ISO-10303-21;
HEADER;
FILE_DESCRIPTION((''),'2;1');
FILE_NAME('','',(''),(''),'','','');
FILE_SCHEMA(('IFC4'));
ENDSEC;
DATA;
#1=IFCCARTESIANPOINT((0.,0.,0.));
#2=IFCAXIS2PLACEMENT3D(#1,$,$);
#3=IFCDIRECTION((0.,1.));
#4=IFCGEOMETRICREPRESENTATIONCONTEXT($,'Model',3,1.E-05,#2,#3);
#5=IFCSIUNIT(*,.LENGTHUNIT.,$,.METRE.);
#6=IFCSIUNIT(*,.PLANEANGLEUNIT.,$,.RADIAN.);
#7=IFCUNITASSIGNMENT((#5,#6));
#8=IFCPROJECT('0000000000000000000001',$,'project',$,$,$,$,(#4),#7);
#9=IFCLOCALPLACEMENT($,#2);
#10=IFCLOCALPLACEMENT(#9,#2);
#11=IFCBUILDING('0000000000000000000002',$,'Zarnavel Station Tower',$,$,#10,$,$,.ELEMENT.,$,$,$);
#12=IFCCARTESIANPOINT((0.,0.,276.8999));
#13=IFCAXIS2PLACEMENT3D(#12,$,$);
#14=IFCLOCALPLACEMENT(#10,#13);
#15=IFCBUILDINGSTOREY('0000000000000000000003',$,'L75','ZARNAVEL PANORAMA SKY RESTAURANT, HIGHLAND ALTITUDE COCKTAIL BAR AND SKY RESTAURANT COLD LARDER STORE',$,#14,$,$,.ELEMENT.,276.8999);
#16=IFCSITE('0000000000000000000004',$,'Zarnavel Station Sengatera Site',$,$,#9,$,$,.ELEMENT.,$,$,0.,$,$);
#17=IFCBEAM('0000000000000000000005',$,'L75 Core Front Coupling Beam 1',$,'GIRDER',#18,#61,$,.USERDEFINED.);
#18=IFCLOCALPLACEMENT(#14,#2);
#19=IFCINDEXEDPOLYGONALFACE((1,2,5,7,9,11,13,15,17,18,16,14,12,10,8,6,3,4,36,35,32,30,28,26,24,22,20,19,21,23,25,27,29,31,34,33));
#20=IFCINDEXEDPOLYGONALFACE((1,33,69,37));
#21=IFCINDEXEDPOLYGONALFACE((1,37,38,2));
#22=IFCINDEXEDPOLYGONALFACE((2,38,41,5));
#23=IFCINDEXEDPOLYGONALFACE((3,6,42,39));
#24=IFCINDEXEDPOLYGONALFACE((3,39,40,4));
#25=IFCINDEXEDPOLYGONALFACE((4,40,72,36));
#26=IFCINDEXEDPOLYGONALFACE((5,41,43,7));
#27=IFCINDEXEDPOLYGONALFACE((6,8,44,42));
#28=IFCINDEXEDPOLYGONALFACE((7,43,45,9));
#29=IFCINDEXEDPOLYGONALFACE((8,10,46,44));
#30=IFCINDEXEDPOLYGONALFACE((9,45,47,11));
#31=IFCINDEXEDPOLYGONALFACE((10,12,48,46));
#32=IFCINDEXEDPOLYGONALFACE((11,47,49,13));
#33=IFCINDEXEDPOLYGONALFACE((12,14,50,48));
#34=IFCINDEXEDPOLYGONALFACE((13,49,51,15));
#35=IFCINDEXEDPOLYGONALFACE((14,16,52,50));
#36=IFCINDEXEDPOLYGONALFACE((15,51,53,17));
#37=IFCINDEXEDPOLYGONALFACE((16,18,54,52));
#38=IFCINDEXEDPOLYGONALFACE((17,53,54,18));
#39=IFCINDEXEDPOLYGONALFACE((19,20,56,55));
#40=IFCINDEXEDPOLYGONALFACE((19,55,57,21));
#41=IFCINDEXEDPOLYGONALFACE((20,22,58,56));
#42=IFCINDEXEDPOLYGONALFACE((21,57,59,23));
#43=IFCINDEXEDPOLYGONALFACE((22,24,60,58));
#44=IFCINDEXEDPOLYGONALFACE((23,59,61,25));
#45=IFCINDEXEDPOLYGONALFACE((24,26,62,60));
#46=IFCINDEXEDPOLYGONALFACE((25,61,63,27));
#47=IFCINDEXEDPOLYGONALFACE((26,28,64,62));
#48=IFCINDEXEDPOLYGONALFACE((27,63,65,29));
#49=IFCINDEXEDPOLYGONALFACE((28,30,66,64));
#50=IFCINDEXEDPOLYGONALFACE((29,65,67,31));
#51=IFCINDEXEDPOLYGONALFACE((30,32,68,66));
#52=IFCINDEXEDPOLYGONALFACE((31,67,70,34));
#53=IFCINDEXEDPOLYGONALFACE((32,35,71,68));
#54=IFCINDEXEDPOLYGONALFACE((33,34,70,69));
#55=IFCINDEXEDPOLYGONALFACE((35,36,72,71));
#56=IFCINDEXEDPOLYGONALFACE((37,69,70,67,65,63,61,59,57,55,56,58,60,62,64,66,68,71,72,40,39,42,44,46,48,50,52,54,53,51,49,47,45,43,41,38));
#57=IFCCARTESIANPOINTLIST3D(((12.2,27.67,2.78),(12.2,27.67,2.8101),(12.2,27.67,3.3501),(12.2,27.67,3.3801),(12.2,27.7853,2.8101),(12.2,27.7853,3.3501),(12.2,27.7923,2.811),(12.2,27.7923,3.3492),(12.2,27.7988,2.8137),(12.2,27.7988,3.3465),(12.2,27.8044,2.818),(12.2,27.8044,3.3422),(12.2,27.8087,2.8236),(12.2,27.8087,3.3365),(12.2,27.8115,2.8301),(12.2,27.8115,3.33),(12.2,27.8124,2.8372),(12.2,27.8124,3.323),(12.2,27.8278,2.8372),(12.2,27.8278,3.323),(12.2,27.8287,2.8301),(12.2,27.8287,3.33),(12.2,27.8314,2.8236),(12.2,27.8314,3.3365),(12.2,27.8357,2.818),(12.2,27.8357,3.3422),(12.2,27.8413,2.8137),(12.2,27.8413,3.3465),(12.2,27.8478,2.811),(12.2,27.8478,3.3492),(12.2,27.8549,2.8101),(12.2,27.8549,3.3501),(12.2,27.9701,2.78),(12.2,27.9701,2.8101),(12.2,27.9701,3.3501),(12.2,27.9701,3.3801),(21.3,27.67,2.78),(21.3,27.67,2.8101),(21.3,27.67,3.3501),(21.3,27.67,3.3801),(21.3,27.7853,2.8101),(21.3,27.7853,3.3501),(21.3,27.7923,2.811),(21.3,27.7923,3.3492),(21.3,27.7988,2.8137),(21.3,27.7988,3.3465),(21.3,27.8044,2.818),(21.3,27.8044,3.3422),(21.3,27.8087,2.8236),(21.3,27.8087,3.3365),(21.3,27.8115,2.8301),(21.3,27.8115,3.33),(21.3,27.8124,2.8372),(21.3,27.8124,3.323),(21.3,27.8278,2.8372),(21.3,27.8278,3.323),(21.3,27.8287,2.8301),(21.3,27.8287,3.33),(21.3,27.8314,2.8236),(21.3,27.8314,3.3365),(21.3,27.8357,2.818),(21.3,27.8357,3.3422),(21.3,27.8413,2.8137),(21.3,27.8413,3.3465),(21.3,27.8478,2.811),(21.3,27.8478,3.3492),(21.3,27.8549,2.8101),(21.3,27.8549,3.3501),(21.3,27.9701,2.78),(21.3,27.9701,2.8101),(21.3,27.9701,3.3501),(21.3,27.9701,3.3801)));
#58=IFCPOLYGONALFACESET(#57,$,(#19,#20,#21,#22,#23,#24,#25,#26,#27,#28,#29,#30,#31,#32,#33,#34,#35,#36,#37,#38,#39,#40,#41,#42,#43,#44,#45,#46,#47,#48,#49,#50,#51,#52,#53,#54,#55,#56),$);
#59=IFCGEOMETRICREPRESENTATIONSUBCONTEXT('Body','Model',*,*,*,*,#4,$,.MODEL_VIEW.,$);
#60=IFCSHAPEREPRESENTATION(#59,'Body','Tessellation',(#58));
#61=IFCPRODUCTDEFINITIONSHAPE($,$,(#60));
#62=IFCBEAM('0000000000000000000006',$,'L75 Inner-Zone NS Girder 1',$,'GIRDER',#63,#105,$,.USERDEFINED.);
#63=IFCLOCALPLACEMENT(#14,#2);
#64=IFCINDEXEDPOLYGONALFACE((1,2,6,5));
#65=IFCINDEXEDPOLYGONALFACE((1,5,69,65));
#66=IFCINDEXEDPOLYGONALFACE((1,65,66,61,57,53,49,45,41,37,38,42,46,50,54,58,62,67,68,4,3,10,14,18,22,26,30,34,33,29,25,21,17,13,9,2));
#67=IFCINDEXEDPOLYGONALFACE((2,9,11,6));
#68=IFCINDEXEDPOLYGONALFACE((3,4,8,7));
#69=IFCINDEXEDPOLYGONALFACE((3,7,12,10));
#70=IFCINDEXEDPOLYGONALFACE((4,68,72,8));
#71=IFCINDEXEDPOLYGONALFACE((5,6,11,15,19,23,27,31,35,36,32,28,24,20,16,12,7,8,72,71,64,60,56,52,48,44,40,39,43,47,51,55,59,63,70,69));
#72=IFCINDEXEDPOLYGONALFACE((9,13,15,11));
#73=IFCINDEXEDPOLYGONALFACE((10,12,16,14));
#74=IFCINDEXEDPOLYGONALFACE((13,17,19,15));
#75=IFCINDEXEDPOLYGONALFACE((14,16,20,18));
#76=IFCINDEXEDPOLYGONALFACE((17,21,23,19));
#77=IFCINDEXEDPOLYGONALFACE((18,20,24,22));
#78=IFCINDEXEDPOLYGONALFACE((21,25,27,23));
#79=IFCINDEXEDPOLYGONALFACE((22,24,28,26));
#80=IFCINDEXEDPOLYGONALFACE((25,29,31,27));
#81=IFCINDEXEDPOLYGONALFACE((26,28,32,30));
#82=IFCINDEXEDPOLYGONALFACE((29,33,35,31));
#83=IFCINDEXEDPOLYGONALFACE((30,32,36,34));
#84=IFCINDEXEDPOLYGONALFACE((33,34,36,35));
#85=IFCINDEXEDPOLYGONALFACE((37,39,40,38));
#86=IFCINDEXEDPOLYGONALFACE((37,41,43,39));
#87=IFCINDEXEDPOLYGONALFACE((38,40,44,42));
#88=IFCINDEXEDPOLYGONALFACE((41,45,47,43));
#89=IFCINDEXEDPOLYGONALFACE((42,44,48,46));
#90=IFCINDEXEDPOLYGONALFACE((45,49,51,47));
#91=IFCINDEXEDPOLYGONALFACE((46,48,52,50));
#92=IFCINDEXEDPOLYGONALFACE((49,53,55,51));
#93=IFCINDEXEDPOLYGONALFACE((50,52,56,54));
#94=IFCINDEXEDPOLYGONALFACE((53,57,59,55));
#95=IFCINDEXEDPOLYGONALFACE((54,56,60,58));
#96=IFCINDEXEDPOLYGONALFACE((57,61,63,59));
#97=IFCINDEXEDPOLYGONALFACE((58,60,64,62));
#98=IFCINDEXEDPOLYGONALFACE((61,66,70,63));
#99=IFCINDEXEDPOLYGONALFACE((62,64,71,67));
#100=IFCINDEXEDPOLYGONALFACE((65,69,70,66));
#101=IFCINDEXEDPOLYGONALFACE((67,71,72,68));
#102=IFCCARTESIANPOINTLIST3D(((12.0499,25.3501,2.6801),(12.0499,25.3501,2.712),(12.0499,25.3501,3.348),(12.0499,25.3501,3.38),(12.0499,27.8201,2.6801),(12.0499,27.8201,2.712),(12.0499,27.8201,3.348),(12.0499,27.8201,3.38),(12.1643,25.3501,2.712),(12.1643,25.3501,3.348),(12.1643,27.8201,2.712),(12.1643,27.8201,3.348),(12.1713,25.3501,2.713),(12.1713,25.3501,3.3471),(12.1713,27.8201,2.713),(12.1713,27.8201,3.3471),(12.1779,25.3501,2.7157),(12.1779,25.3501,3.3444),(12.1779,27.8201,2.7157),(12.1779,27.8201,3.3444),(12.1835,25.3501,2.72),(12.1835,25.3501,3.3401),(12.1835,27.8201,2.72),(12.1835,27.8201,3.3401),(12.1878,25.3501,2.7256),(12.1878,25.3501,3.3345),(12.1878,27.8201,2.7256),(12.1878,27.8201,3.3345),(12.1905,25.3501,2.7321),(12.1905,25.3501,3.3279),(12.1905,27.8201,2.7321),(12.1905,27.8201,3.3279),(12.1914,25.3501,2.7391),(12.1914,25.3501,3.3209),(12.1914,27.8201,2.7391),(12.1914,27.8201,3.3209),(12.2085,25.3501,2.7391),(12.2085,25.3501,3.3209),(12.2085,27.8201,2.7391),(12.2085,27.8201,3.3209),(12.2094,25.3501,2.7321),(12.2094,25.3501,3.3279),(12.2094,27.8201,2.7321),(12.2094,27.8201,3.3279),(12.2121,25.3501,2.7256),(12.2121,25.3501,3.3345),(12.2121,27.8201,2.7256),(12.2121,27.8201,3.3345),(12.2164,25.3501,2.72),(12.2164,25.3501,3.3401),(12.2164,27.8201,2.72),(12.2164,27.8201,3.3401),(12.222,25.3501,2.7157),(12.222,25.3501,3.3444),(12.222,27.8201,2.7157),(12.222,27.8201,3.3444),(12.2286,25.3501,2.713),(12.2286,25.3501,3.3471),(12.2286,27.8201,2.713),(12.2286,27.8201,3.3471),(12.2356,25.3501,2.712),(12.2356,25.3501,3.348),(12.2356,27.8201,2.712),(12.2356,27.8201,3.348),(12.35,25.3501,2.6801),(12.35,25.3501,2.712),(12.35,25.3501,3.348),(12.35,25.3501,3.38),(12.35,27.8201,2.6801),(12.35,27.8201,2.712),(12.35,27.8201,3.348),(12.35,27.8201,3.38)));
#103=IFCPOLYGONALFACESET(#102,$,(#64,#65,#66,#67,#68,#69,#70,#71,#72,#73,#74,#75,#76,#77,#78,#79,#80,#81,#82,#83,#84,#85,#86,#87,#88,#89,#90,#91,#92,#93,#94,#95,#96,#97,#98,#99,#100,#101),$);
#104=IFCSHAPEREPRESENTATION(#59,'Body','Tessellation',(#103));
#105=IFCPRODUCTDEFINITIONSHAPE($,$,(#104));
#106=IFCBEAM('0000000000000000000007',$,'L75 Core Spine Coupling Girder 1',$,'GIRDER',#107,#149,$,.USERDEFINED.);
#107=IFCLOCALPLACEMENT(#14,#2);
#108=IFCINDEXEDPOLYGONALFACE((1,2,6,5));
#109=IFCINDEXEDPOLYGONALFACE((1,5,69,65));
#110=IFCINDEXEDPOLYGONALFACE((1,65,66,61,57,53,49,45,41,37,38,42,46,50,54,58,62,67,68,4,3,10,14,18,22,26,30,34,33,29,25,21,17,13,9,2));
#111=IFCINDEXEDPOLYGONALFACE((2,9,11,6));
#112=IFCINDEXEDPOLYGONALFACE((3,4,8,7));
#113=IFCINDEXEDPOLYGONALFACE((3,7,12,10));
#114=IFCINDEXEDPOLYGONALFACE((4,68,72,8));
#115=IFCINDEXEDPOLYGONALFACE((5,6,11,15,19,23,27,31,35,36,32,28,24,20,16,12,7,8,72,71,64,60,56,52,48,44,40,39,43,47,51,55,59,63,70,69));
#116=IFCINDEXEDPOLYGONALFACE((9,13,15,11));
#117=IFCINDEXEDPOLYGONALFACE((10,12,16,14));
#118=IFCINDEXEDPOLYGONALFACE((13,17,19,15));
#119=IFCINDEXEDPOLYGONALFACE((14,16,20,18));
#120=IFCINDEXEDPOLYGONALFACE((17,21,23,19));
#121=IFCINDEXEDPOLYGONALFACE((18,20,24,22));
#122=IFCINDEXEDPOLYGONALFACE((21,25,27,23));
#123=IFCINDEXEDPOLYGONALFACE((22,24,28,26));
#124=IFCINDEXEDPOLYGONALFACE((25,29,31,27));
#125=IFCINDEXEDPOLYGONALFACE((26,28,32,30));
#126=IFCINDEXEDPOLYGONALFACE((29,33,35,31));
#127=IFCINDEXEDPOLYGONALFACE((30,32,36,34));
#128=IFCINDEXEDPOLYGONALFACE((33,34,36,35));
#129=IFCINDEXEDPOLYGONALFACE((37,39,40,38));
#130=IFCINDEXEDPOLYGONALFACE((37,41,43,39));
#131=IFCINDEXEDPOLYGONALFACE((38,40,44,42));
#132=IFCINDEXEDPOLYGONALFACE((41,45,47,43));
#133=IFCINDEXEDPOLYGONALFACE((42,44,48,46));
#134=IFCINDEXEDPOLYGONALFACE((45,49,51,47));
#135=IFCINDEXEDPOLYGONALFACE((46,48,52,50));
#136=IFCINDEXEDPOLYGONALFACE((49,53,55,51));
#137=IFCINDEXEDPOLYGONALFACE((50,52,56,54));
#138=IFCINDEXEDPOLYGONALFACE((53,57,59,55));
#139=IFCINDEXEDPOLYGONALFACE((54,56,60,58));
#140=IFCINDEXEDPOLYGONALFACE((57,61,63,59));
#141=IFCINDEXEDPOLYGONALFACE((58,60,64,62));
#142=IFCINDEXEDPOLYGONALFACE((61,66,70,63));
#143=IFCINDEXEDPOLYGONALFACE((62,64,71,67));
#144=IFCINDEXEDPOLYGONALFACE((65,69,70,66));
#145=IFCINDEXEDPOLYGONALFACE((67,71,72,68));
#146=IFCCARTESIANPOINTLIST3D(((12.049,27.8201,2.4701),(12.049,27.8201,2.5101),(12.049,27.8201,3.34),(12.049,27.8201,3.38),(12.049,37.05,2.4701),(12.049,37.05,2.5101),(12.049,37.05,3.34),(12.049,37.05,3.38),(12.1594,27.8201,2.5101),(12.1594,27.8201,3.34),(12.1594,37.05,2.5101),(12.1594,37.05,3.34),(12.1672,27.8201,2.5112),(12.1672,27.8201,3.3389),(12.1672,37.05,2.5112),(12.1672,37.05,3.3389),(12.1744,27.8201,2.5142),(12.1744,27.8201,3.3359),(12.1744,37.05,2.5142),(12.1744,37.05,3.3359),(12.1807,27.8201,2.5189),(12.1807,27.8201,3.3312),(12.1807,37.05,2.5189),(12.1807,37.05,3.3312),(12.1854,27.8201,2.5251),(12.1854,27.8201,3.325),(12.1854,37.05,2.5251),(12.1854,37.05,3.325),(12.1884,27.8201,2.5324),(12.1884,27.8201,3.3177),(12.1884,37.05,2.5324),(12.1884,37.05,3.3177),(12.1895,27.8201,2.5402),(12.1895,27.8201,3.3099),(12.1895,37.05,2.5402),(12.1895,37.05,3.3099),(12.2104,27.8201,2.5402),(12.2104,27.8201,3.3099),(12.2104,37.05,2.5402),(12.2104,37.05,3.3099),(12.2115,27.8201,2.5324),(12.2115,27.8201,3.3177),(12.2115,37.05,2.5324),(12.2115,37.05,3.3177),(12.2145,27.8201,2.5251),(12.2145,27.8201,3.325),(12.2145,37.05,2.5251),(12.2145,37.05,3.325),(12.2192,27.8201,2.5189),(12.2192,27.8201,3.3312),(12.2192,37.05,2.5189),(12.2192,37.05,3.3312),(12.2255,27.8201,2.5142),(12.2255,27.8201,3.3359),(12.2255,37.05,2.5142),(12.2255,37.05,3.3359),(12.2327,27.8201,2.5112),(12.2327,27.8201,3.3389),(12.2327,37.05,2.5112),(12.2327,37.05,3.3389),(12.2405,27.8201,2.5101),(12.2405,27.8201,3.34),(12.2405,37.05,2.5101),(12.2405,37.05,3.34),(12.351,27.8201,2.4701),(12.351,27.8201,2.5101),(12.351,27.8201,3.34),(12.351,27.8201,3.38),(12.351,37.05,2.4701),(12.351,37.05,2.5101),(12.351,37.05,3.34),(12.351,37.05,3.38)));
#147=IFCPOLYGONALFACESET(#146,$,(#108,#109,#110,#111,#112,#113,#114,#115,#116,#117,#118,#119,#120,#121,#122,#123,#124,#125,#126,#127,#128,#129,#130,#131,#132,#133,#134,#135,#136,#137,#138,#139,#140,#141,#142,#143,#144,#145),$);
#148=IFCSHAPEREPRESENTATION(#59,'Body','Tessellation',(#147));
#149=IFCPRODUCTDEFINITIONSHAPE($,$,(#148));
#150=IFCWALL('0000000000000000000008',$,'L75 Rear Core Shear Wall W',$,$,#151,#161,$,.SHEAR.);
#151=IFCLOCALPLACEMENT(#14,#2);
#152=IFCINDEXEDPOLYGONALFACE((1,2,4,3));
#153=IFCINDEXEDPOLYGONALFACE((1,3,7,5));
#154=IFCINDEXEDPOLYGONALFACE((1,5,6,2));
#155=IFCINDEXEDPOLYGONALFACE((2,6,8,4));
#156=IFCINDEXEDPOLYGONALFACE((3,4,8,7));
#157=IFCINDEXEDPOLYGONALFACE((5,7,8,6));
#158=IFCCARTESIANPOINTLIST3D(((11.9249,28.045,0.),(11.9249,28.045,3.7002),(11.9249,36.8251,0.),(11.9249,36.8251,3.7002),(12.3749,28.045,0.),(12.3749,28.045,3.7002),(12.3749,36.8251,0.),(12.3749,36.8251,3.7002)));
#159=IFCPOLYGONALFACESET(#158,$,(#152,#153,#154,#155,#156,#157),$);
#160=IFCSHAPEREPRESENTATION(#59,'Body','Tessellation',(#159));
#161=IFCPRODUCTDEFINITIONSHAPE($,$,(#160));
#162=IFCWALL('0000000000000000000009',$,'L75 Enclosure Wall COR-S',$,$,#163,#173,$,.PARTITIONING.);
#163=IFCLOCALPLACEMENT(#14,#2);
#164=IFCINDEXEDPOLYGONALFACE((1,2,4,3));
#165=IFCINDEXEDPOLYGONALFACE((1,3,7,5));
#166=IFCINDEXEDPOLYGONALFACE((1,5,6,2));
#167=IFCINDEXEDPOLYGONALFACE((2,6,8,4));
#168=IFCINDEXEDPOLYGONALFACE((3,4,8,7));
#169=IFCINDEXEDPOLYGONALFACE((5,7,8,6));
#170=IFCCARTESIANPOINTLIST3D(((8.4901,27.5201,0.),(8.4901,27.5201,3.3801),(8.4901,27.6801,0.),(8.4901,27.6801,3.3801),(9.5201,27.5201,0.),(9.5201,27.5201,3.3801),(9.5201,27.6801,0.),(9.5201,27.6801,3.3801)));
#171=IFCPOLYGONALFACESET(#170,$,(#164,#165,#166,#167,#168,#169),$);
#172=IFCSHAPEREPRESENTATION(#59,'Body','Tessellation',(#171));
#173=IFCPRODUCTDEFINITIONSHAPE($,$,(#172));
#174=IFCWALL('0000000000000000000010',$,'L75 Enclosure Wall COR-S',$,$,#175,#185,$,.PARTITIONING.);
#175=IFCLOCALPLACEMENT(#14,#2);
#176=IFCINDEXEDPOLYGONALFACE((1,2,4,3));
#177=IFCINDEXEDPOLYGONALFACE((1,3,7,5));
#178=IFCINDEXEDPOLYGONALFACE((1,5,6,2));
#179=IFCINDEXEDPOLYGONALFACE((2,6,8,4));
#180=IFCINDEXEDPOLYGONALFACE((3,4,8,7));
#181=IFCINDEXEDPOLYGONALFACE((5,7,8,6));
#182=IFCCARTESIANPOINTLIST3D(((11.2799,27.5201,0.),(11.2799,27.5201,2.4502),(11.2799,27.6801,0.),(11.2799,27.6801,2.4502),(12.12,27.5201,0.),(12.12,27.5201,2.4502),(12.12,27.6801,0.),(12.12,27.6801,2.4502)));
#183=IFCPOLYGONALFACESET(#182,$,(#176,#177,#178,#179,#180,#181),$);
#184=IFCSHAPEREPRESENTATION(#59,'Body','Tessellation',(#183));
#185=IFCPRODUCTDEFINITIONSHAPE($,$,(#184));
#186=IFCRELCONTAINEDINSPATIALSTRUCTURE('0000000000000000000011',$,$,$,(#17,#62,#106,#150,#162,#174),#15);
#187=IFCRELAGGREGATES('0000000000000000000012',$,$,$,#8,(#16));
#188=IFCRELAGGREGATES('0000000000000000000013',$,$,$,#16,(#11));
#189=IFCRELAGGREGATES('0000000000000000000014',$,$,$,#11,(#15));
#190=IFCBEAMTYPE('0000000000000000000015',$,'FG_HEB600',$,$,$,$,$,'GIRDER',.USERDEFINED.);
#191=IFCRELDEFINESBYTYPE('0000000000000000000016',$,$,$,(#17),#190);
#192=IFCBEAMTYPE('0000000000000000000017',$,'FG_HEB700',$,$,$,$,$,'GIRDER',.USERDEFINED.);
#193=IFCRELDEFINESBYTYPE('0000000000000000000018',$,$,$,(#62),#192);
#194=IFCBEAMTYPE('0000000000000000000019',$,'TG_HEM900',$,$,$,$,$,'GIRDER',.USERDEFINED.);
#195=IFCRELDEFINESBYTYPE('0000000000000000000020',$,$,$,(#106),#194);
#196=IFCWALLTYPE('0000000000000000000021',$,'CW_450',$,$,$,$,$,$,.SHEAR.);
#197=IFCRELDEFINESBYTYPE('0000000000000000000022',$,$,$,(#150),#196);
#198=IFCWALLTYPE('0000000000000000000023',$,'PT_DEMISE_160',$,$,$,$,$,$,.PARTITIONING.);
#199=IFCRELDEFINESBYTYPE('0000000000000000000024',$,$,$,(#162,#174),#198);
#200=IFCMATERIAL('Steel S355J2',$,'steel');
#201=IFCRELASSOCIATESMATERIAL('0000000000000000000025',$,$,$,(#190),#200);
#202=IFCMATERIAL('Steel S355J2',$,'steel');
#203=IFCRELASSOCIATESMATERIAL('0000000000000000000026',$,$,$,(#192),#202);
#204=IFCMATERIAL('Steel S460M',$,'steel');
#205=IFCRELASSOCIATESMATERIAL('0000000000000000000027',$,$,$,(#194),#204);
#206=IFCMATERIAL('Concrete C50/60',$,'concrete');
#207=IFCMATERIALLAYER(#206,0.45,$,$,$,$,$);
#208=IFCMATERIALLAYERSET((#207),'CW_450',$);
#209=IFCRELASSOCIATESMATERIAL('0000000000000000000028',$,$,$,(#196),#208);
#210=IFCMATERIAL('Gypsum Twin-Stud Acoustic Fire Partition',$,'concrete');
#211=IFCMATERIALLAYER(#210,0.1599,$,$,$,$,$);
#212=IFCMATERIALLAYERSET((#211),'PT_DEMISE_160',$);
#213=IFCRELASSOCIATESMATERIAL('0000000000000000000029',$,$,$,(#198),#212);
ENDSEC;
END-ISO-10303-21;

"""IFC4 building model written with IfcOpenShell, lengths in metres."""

from ifc_helpers import new_model, si_unit, direction, frame, frame_2d, origin, origin_2d, place, context, subcontext, project, spatial, rectangle, i_section, extrude, material, layer, layer_set, material_profile, profile_set, type_object, element, save


model = new_model("IFC4")

# Units and contexts
model_context = context("Model", 3, precision=1e-05, world=origin(), true_north=direction((0.0, 1.0)))
body_context = subcontext(model_context, "Body", "Model", "MODEL_VIEW")
ifc_project = project(units=[si_unit("LENGTHUNIT", "METRE"), si_unit("PLANEANGLEUNIT", "RADIAN")], contexts=[model_context])

# Site, building, storey
site_placement = place(None, origin())
site = spatial("IfcSite", under=ifc_project, at=site_placement, Name="Zarnavel Station Sengatera Site", CompositionType="ELEMENT", RefElevation=0.0)
building_placement = place(site_placement, origin())
building = spatial("IfcBuilding", under=site, at=building_placement, Name="Zarnavel Station Tower", CompositionType="ELEMENT")
storey_placement = place(building_placement, frame((0.0, 0.0, 276.8999)))
storey = spatial("IfcBuildingStorey", under=building, at=storey_placement, Name="L75", Description="ZARNAVEL PANORAMA SKY RESTAURANT, HIGHLAND ALTITUDE COCKTAIL BAR AND SKY RESTAURANT COLD LARDER STORE", CompositionType="ELEMENT", Elevation=276.8999)

# Beams
ifc_material_1 = material(Name="Steel S355J2", Category="steel")
ifc_material_profile_1 = material_profile(ifc_material_1, i_section(OverallWidth=0.3, OverallDepth=0.6001, WebThickness=0.0154, FlangeThickness=0.03, FilletRadius=0.0271, at=origin_2d()), Name="HEB600")
ifc_profile_set_1 = profile_set([ifc_material_profile_1], Name="Steel S355J2")
beam_type_1 = type_object("IfcBeamType", Name="FG_HEB600", ElementType="GIRDER", PredefinedType="USERDEFINED", material=ifc_profile_set_1)
beam_1_placement = place(storey_placement, frame((12.2, 27.8201, 3.0801), z_axis=(1.0, 0.0, 0.0), x_axis=(0.0, 1.0, 0.0)))
element("IfcBeam", 1, at=beam_1_placement, inside=storey, type_object=beam_type_1, Name="L75 Core Front Coupling Beam 1", ObjectType="GIRDER", PredefinedType="USERDEFINED", context=body_context, shape_type="SweptSolid", body=[
    extrude(i_section(OverallWidth=0.3, OverallDepth=0.6001, WebThickness=0.0154, FlangeThickness=0.03, FilletRadius=0.0271, at=origin_2d()), origin(), (0.0, 0.0, 1.0), 9.1001),
])
ifc_material_2 = material(Name="Steel S355J2", Category="steel")
ifc_material_profile_2 = material_profile(ifc_material_2, i_section(OverallWidth=0.3, OverallDepth=0.7, WebThickness=0.0171, FlangeThickness=0.032, FilletRadius=0.0271, at=origin_2d()), Name="HEB700")
ifc_profile_set_2 = profile_set([ifc_material_profile_2], Name="Steel S355J2")
beam_type_2 = type_object("IfcBeamType", Name="FG_HEB700", ElementType="GIRDER", PredefinedType="USERDEFINED", material=ifc_profile_set_2)
beam_2_placement = place(storey_placement, frame((12.2, 25.3501, 3.03), z_axis=(0.0, 1.0, 0.0), x_axis=(-1.0, 0.0, 0.0)))
element("IfcBeam", 2, at=beam_2_placement, inside=storey, type_object=beam_type_2, Name="L75 Inner-Zone NS Girder 1", ObjectType="GIRDER", PredefinedType="USERDEFINED", context=body_context, shape_type="SweptSolid", body=[
    extrude(i_section(OverallWidth=0.3, OverallDepth=0.7, WebThickness=0.0171, FlangeThickness=0.032, FilletRadius=0.0271, at=origin_2d()), origin(), (0.0, 0.0, 1.0), 2.47),
])
ifc_material_3 = material(Name="Steel S460M", Category="steel")
ifc_material_profile_3 = material_profile(ifc_material_3, i_section(OverallWidth=0.302, OverallDepth=0.9099, WebThickness=0.021, FlangeThickness=0.04, FilletRadius=0.03, at=origin_2d()), Name="HEM900")
ifc_profile_set_3 = profile_set([ifc_material_profile_3], Name="Steel S460M")
beam_type_3 = type_object("IfcBeamType", Name="TG_HEM900", ElementType="GIRDER", PredefinedType="USERDEFINED", material=ifc_profile_set_3)
beam_3_placement = place(storey_placement, frame((12.2, 27.8201, 2.925), z_axis=(0.0, 1.0, 0.0), x_axis=(-1.0, 0.0, 0.0)))
element("IfcBeam", 3, at=beam_3_placement, inside=storey, type_object=beam_type_3, Name="L75 Core Spine Coupling Girder 1", ObjectType="GIRDER", PredefinedType="USERDEFINED", context=body_context, shape_type="SweptSolid", body=[
    extrude(i_section(OverallWidth=0.302, OverallDepth=0.9099, WebThickness=0.021, FlangeThickness=0.04, FilletRadius=0.03, at=origin_2d()), origin(), (0.0, 0.0, 1.0), 9.23),
])

# Walls
ifc_material_4 = material(Name="Concrete C50/60", Category="concrete")
ifc_layer_1 = layer(ifc_material_4, 0.45)
ifc_layer_set_1 = layer_set([ifc_layer_1], Name="CW_450")
wall_type_1 = type_object("IfcWallType", Name="CW_450", PredefinedType="SHEAR", material=ifc_layer_set_1)
wall_1_placement = place(storey_placement, frame((12.1499, 28.0449, 0.0), z_axis=(0.0, 0.0, 1.0), x_axis=(0.0, 1.0, 0.0)))
element("IfcWall", 4, at=wall_1_placement, inside=storey, type_object=wall_type_1, Name="L75 Rear Core Shear Wall W", PredefinedType="SHEAR", context=body_context, shape_type="SweptSolid", body=[
    extrude(rectangle(XDim=8.78, YDim=0.45, at=frame_2d((4.3901, 0.0))), origin(), (0.0, 0.0, 1.0), 3.7002),
])
ifc_material_5 = material(Name="Gypsum Twin-Stud Acoustic Fire Partition", Category="concrete")
ifc_layer_2 = layer(ifc_material_5, 0.1599)
ifc_layer_set_2 = layer_set([ifc_layer_2], Name="PT_DEMISE_160")
wall_type_2 = type_object("IfcWallType", Name="PT_DEMISE_160", PredefinedType="PARTITIONING", material=ifc_layer_set_2)
wall_2_placement = place(storey_placement, frame((8.49, 27.6001, 0.0), z_axis=(0.0, 0.0, 1.0), x_axis=(1.0, 0.0, 0.0)))
element("IfcWall", 5, at=wall_2_placement, inside=storey, type_object=wall_type_2, Name="L75 Enclosure Wall COR-S", PredefinedType="PARTITIONING", context=body_context, shape_type="SweptSolid", body=[
    extrude(rectangle(XDim=1.03, YDim=0.1599, at=frame_2d((0.5151, 0.0))), origin(), (0.0, 0.0, 1.0), 3.3801),
])
wall_3_placement = place(storey_placement, frame((11.28, 27.6001, 0.0), z_axis=(0.0, 0.0, 1.0), x_axis=(1.0, 0.0, 0.0)))
element("IfcWall", 6, at=wall_3_placement, inside=storey, type_object=wall_type_2, Name="L75 Enclosure Wall COR-S", PredefinedType="PARTITIONING", context=body_context, shape_type="SweptSolid", body=[
    extrude(rectangle(XDim=0.8401, YDim=0.1599, at=frame_2d((0.4199, 0.0))), origin(), (0.0, 0.0, 1.0), 2.4502),
])

save(model, "model.ifc")
